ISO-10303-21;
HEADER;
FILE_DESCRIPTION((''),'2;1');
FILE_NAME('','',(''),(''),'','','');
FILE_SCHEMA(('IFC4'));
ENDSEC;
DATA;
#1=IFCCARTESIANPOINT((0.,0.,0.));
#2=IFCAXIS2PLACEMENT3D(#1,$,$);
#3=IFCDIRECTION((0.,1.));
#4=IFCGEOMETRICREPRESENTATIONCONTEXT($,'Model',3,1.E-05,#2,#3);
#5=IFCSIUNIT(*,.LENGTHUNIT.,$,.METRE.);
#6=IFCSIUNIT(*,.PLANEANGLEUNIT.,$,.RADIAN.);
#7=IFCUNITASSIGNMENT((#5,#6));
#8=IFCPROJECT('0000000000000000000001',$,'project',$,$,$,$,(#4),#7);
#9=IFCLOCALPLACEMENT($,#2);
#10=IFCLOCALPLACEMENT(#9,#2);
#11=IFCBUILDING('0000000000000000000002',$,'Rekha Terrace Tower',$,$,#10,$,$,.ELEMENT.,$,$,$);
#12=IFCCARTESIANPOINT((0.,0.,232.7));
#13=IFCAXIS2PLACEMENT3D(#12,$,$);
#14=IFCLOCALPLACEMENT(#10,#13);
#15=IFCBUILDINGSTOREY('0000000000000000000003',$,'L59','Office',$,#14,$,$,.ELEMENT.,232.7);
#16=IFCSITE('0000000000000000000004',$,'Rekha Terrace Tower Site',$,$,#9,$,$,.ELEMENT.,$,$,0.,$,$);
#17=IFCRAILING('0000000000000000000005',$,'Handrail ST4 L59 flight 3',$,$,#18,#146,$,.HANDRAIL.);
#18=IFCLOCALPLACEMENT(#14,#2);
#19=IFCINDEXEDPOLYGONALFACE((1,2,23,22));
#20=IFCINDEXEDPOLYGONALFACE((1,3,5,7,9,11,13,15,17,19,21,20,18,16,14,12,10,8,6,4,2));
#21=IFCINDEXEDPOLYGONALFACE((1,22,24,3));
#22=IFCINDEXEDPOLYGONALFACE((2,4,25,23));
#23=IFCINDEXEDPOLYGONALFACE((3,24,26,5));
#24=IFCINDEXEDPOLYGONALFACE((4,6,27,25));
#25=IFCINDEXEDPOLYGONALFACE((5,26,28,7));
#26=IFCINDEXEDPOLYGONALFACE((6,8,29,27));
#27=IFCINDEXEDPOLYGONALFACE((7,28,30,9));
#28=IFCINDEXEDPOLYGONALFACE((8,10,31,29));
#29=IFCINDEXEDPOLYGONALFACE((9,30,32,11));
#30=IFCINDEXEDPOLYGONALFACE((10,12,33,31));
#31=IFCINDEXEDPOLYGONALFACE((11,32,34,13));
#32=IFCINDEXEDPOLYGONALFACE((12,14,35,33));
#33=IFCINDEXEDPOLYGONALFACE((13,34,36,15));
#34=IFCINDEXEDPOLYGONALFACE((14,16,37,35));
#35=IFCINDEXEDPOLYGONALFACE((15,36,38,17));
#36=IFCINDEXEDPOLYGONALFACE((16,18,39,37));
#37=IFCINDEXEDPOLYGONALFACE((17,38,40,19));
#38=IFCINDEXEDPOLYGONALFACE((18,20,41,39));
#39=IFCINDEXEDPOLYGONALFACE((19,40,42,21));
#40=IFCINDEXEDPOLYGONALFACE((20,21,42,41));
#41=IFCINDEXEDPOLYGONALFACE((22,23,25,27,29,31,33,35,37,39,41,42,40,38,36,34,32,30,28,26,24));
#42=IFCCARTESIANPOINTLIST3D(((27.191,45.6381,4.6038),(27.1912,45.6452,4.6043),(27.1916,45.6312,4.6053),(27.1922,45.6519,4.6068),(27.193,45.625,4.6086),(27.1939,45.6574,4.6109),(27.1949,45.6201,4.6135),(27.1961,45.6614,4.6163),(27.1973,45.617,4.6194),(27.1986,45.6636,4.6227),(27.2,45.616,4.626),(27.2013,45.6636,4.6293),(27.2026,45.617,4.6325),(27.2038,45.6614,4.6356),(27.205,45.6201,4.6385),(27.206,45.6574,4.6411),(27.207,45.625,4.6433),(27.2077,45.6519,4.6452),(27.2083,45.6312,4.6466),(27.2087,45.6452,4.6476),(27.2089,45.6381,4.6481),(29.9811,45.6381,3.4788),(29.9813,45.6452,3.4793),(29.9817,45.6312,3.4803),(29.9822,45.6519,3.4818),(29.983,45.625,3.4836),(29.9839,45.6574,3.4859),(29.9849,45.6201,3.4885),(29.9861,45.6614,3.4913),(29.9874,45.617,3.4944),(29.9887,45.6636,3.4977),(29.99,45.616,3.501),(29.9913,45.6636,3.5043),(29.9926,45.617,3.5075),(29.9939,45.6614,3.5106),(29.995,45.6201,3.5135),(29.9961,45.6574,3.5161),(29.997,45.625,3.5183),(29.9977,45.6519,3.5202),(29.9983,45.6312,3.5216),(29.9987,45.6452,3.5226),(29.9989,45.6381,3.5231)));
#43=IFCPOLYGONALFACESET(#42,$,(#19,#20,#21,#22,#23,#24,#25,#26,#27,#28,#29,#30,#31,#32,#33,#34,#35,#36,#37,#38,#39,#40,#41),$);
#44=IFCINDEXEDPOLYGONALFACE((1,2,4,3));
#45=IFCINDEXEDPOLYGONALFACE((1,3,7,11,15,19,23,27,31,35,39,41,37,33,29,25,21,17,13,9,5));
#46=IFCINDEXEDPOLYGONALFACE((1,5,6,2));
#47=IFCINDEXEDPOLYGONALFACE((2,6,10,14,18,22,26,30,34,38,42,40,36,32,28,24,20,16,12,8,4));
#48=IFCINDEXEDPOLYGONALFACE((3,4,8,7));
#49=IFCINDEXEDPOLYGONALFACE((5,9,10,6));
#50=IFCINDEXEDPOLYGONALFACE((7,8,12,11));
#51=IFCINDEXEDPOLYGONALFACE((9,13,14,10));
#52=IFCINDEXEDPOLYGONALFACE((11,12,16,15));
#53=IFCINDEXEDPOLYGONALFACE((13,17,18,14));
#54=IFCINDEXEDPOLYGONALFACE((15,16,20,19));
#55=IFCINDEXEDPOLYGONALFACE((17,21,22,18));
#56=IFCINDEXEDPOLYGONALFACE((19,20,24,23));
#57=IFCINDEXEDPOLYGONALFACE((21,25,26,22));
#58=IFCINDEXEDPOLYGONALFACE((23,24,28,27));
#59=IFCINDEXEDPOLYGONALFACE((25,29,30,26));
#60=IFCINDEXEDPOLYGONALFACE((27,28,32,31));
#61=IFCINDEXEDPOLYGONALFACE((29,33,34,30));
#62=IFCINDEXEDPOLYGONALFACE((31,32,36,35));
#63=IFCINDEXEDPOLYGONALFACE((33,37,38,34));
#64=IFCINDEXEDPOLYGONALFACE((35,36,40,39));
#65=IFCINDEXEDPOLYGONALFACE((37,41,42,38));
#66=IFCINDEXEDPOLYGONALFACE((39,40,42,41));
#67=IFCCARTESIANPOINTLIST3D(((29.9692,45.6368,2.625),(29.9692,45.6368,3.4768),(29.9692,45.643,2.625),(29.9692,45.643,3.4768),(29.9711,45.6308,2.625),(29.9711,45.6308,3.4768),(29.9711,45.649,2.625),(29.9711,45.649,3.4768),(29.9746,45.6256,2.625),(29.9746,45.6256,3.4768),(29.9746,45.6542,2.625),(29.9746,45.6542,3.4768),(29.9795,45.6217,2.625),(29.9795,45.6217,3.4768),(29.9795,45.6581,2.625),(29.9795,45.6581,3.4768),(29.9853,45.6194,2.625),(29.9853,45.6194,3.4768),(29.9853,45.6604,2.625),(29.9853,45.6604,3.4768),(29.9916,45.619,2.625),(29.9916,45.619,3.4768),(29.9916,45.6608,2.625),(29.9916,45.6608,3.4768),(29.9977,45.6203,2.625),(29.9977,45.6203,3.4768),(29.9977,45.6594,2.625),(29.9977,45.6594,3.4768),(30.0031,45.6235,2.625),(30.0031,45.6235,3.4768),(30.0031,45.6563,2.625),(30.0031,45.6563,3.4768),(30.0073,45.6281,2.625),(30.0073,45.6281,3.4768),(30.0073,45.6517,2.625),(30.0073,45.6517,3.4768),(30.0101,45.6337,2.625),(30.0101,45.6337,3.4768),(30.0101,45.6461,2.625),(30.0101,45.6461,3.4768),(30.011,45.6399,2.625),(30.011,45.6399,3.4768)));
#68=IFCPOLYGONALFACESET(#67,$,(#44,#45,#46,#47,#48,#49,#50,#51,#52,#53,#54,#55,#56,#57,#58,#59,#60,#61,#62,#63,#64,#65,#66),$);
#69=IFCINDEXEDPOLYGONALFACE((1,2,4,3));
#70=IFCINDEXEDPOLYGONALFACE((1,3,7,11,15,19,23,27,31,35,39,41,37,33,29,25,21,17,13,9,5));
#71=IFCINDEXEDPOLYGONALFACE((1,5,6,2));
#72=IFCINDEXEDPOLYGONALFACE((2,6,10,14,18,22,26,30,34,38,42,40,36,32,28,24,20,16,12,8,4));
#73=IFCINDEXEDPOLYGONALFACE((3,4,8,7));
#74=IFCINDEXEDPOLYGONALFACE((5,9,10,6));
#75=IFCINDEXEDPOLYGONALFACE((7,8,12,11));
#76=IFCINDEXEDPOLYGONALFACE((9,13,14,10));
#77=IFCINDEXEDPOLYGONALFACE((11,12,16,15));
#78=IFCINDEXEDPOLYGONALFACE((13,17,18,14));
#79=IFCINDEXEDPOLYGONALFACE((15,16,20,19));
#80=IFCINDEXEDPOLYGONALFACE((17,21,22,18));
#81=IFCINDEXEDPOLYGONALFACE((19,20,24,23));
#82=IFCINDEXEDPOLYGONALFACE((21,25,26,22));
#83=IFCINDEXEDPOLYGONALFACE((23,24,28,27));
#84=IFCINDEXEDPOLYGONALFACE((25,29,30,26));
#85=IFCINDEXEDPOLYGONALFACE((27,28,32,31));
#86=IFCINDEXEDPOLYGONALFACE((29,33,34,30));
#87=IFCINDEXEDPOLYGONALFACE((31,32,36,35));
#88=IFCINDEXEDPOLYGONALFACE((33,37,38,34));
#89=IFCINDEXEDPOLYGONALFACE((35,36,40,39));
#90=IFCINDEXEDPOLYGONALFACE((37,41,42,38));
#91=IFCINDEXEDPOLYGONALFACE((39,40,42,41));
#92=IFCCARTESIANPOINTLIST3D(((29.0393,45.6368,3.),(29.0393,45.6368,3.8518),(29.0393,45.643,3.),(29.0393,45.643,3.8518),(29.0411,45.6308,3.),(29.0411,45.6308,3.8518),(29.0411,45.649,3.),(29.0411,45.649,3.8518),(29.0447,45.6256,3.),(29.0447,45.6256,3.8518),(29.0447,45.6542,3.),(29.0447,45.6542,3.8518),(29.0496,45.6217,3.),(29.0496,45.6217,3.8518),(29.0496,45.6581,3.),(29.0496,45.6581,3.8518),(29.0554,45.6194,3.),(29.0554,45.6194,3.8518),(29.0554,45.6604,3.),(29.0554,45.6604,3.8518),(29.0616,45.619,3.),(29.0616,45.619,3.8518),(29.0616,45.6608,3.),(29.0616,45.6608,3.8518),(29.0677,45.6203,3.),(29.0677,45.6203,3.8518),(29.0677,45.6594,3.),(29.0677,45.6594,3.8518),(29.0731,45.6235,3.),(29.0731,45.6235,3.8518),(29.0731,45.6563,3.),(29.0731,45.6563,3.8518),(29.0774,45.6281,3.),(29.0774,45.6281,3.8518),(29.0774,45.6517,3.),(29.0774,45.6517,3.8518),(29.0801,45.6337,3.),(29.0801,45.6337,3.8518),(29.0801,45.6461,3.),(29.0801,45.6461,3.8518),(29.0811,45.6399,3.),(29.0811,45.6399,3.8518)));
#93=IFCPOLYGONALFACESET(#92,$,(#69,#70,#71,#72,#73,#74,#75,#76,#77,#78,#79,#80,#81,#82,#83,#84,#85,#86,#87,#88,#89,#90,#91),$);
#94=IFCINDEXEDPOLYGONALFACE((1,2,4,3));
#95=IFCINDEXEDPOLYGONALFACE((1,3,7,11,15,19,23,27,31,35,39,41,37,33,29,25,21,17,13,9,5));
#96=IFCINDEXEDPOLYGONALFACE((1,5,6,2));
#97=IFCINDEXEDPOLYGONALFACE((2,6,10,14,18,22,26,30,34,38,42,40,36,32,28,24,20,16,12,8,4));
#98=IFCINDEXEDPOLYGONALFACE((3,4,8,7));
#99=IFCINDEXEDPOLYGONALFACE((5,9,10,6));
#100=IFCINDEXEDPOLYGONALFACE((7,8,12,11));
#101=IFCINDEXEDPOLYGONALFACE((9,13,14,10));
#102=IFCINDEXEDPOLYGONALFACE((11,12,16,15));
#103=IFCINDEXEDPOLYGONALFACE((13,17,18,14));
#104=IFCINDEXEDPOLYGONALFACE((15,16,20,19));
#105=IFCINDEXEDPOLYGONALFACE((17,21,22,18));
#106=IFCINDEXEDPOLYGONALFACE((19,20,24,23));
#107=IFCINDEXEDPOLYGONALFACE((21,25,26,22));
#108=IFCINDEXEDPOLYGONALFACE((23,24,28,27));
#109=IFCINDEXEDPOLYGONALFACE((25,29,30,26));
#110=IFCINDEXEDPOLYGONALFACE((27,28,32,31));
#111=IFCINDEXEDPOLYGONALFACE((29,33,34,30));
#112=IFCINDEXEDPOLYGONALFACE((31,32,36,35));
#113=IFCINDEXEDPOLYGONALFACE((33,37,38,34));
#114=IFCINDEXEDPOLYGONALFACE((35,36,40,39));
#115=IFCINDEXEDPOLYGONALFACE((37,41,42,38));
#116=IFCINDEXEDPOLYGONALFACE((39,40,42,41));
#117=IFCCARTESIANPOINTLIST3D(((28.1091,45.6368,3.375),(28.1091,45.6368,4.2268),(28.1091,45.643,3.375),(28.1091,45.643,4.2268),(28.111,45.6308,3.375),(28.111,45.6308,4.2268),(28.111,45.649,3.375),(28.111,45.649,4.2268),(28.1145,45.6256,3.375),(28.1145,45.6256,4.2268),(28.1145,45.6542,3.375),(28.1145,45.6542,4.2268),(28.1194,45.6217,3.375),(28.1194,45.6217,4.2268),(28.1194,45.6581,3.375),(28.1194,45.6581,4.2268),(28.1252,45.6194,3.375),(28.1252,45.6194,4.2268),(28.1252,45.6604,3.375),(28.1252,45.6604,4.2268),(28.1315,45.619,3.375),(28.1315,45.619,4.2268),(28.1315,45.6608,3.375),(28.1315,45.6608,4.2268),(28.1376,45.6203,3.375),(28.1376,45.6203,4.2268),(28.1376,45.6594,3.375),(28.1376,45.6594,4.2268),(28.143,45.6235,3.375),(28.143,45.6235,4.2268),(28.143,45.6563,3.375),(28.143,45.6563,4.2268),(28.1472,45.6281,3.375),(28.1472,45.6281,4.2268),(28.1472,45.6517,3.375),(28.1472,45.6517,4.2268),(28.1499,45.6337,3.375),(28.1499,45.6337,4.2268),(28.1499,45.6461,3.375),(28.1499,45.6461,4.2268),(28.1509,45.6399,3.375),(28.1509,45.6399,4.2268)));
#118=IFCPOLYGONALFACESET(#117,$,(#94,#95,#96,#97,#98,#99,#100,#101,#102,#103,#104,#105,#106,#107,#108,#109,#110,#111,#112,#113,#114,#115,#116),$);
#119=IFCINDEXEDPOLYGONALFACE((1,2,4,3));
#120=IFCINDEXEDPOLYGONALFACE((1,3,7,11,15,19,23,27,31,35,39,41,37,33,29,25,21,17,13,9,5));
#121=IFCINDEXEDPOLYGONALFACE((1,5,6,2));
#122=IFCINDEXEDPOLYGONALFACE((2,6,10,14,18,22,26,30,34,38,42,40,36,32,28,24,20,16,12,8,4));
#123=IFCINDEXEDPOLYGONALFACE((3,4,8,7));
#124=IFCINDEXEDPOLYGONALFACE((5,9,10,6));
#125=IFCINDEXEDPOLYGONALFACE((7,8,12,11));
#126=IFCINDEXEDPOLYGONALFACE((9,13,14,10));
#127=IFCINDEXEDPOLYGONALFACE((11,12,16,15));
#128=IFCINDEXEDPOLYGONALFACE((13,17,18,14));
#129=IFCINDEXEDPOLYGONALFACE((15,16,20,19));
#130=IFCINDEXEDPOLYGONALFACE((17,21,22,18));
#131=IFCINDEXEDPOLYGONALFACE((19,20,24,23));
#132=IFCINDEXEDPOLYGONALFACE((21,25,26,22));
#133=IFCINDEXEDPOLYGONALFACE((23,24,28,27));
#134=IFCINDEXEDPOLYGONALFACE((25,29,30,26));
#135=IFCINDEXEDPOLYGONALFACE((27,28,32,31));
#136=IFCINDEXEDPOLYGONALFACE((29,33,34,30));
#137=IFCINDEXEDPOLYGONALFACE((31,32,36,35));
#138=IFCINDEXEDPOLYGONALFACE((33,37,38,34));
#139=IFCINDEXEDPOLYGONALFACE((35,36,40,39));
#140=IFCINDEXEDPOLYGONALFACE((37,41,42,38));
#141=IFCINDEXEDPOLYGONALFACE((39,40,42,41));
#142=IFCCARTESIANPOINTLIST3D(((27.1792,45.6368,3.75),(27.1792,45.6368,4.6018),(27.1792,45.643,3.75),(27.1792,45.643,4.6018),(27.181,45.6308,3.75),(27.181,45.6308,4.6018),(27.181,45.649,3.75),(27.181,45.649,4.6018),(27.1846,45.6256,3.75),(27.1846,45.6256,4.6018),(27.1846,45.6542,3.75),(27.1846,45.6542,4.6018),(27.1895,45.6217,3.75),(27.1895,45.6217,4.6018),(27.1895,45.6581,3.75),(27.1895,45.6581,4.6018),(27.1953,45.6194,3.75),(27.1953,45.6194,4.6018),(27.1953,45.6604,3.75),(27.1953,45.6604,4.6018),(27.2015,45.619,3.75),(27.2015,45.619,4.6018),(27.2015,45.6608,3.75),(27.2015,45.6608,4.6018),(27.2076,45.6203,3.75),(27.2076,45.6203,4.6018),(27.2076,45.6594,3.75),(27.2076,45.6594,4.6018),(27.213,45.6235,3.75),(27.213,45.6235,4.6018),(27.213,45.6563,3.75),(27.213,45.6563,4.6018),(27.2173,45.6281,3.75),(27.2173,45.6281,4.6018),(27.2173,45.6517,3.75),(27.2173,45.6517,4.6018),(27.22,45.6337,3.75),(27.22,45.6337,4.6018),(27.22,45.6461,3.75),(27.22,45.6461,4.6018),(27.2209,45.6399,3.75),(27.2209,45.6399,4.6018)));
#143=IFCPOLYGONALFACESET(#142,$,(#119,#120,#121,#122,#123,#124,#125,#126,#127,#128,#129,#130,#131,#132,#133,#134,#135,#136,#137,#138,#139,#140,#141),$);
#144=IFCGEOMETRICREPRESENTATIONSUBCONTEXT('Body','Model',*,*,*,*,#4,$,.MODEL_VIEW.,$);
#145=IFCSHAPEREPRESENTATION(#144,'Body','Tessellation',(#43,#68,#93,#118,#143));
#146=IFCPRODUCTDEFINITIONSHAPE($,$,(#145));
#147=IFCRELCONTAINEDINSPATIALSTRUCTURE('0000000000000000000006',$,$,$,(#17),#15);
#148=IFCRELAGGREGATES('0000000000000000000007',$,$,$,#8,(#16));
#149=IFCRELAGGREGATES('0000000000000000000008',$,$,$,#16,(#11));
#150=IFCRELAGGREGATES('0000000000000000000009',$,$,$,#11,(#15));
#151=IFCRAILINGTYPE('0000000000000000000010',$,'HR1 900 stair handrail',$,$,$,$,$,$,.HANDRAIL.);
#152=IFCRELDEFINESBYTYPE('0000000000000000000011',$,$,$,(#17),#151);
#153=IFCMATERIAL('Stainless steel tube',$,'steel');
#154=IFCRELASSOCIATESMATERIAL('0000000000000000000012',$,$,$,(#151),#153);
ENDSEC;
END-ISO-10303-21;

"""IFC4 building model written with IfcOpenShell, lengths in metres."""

from ifc_helpers import new_model, si_unit, direction, frame, origin, origin_2d, place, context, subcontext, project, spatial, circle, extrude, material, type_object, element, save


model = new_model("IFC4")

# Units and contexts
model_context = context("Model", 3, precision=1e-05, world=origin(), true_north=direction((0.0, 1.0)))
body_context = subcontext(model_context, "Body", "Model", "MODEL_VIEW")
ifc_project = project(units=[si_unit("LENGTHUNIT", "METRE"), si_unit("PLANEANGLEUNIT", "RADIAN")], contexts=[model_context])

# Site, building, storey
site_placement = place(None, origin())
site = spatial("IfcSite", under=ifc_project, at=site_placement, Name="Rekha Terrace Tower Site", CompositionType="ELEMENT", RefElevation=0.0)
building_placement = place(site_placement, origin())
building = spatial("IfcBuilding", under=site, at=building_placement, Name="Rekha Terrace Tower", CompositionType="ELEMENT")
storey_placement = place(building_placement, frame((0.0, 0.0, 232.7)))
storey = spatial("IfcBuildingStorey", under=building, at=storey_placement, Name="L59", Description="Office", CompositionType="ELEMENT", Elevation=232.7)

# Railing
ifc_material_1 = material(Name="Stainless steel tube", Category="steel")
railing_type_1 = type_object("IfcRailingType", Name="HR1 900 stair handrail", PredefinedType="HANDRAIL", material=ifc_material_1)
railing_1_placement = place(storey_placement, frame((29.99, 45.6399, 2.625)))
element("IfcRailing", 1, at=railing_1_placement, inside=storey, type_object=railing_type_1, Name="Handrail ST4 L59 flight 3", PredefinedType="HANDRAIL", context=body_context, shape_type="SweptSolid", body=[
    extrude(circle(Radius=0.0239, at=origin_2d()), frame((0.0, 0.0, 0.876), z_axis=(-0.927443, 0.0, 0.373964), x_axis=(0.0, -1.0, 0.0)), (0.0, 0.0, 1.0), 3.0083),
    extrude(circle(Radius=0.021, at=origin_2d()), origin(), (0.0, 0.0, 1.0), 0.8518),
    extrude(circle(Radius=0.021, at=origin_2d()), frame((-0.9299, 0.0, 0.375)), (0.0, 0.0, 1.0), 0.8518),
    extrude(circle(Radius=0.021, at=origin_2d()), frame((-1.8601, 0.0, 0.75)), (0.0, 0.0, 1.0), 0.8518),
    extrude(circle(Radius=0.021, at=origin_2d()), frame((-2.79, 0.0, 1.125)), (0.0, 0.0, 1.0), 0.8518),
])

save(model, "model.ifc")
